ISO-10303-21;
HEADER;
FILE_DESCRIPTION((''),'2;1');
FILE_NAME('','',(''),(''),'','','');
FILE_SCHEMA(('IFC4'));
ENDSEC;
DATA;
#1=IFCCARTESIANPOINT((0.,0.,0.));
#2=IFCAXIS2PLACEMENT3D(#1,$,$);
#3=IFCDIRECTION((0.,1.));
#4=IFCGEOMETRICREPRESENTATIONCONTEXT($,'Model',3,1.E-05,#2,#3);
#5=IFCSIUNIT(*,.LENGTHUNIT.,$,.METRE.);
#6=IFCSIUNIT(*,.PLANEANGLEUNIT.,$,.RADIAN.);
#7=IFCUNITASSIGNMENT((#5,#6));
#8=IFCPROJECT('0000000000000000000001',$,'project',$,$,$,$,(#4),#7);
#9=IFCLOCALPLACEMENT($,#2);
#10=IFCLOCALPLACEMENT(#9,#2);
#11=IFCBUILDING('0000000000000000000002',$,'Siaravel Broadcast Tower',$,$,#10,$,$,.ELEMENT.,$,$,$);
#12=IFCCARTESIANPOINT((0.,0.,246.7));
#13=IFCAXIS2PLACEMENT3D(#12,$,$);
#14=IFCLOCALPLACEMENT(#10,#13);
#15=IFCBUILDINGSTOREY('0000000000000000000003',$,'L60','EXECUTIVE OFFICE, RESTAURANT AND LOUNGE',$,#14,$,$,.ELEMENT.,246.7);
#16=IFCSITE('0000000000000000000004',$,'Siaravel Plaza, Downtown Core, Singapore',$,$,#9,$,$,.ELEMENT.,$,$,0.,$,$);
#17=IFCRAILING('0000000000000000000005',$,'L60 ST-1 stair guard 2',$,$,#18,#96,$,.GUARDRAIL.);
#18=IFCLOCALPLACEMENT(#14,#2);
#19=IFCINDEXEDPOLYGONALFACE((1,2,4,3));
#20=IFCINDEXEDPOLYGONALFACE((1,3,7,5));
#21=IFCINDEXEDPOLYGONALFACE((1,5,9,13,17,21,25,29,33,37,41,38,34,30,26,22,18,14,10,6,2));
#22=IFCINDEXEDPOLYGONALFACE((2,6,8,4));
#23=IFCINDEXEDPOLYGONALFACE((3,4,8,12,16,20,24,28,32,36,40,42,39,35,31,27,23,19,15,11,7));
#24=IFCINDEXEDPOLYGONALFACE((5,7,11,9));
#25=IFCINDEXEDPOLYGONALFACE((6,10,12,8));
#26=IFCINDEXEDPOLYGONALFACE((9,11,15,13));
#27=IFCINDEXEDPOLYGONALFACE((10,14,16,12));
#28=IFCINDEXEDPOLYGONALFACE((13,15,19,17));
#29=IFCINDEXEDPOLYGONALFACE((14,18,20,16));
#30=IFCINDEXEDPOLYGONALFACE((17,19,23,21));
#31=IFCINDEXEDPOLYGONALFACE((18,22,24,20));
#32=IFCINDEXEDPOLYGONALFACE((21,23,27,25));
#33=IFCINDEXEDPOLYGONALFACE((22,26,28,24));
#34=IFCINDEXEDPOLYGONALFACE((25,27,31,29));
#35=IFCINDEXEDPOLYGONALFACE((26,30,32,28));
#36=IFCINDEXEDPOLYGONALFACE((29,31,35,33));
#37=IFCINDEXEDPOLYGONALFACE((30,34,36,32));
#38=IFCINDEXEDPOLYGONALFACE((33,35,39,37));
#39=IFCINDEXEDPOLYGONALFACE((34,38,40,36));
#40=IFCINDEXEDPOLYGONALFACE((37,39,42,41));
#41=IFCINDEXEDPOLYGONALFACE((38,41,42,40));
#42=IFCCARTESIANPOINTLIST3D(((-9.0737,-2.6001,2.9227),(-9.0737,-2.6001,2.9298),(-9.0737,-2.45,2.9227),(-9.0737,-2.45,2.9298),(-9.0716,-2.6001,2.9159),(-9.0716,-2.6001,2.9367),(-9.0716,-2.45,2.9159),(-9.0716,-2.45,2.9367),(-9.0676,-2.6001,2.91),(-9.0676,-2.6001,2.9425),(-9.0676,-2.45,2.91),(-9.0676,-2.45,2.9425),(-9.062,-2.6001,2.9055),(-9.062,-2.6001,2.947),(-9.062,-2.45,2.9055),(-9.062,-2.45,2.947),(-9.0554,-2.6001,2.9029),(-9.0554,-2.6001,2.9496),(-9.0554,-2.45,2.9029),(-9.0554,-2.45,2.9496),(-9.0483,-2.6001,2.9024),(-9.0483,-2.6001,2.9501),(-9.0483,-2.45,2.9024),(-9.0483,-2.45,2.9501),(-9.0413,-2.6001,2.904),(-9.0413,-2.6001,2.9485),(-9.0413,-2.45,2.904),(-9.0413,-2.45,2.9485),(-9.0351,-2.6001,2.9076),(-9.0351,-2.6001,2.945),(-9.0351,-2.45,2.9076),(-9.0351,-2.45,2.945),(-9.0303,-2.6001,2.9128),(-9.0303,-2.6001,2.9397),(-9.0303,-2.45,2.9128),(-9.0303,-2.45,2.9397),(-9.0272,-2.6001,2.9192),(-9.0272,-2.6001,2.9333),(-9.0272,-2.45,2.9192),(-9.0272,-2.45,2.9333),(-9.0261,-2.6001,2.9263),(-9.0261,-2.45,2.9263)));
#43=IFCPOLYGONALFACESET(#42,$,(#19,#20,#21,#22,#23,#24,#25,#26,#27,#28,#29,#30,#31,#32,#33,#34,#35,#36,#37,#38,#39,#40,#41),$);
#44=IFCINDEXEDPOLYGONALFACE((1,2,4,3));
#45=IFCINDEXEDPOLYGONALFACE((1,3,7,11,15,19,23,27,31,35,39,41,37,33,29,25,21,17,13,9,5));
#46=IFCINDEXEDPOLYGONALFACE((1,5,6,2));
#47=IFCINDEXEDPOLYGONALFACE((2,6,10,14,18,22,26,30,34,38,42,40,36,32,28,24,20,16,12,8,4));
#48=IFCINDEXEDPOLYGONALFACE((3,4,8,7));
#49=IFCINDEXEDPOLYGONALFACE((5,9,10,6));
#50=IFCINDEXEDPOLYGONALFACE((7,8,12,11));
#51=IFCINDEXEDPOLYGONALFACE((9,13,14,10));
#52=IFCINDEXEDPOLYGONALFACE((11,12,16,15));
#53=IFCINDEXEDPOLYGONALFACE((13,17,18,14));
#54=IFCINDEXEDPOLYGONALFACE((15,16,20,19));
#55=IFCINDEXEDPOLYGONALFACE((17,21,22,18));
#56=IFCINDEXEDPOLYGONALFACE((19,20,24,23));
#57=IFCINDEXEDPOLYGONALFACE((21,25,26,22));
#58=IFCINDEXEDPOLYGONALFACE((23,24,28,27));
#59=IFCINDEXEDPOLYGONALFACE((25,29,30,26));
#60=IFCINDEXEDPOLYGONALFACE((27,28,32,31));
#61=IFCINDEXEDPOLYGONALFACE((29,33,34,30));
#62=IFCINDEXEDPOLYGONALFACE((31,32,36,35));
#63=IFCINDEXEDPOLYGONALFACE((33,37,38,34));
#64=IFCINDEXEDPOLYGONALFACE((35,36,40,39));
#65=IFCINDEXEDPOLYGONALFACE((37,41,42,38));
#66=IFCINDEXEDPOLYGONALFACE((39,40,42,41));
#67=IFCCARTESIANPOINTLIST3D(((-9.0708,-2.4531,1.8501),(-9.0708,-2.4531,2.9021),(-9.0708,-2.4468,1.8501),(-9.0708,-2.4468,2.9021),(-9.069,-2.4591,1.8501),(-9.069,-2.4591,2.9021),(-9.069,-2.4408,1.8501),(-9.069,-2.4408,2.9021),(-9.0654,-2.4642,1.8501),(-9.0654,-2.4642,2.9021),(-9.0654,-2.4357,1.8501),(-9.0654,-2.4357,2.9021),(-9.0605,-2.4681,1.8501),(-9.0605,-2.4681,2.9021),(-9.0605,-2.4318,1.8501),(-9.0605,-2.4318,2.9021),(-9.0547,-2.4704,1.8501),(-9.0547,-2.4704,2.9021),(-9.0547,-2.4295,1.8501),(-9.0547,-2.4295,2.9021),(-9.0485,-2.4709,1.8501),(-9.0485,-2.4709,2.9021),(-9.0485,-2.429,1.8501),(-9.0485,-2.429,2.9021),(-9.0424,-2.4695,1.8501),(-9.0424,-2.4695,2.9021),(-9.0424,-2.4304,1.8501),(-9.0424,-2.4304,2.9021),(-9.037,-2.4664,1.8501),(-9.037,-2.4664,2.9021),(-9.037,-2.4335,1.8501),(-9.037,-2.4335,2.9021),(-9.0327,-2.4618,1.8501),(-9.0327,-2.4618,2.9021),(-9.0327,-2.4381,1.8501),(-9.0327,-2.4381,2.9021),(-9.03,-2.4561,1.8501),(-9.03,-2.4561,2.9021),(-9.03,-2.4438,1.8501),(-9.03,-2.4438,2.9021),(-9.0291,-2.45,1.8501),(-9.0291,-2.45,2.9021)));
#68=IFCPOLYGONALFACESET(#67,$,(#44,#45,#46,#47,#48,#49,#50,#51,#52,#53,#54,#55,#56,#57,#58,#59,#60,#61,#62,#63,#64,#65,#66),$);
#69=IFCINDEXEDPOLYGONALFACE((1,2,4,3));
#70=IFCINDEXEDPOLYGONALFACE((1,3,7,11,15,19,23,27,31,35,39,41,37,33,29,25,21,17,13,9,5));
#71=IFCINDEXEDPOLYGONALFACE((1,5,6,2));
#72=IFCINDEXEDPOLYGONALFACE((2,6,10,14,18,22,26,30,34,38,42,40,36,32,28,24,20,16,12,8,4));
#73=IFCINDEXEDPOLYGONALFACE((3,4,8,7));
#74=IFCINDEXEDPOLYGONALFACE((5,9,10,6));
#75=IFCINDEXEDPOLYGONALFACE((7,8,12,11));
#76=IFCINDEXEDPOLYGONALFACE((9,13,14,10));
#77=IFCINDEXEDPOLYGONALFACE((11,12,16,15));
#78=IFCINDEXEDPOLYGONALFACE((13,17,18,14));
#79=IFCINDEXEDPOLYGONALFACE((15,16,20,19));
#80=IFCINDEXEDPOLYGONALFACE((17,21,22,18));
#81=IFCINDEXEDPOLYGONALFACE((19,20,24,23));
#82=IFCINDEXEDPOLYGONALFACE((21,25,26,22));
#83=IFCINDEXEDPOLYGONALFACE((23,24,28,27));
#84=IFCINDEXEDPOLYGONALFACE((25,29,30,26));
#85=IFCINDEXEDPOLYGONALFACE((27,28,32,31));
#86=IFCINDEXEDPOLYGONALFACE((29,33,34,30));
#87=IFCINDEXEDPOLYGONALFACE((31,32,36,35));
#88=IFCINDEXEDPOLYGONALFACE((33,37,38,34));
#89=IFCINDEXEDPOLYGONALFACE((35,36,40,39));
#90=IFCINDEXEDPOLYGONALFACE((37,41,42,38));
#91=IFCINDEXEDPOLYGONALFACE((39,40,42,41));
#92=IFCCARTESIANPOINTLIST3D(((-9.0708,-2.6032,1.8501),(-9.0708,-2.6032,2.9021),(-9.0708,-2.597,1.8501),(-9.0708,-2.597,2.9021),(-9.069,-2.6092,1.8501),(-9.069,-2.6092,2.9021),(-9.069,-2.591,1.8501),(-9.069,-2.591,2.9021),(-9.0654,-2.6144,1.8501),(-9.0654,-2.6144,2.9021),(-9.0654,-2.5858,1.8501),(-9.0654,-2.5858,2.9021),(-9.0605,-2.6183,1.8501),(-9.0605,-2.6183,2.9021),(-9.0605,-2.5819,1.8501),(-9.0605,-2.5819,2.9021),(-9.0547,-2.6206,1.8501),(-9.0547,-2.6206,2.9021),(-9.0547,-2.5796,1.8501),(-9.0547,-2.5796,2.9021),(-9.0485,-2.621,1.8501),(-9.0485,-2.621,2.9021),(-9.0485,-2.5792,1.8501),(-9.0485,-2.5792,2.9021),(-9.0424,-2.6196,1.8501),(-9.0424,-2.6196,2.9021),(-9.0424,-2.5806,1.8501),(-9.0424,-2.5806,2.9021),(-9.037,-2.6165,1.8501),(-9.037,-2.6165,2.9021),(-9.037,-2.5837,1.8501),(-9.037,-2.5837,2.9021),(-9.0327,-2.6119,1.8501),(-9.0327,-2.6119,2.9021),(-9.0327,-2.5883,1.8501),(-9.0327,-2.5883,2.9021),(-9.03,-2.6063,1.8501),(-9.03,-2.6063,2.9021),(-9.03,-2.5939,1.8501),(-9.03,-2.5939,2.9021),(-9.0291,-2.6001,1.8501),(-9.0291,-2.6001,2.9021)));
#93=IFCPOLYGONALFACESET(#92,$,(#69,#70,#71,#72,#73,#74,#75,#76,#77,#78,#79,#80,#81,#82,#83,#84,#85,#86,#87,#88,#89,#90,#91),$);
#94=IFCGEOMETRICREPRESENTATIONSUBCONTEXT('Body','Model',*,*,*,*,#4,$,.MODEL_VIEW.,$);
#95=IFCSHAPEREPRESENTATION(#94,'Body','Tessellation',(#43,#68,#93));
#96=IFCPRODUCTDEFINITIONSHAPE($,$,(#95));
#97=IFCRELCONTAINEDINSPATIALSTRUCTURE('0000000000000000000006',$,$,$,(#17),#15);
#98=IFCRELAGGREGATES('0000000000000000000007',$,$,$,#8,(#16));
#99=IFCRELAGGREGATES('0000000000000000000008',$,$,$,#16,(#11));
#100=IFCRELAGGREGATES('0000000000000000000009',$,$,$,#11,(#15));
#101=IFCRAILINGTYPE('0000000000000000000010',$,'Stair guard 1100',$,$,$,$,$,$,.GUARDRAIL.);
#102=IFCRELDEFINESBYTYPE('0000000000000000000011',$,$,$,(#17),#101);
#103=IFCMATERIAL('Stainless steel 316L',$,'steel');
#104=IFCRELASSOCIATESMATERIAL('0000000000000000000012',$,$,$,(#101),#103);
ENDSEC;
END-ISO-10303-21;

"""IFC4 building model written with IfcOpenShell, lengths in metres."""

from ifc_helpers import new_model, si_unit, direction, frame, origin, origin_2d, place, context, subcontext, project, spatial, circle, extrude, material, type_object, element, save


model = new_model("IFC4")

# Units and contexts
model_context = context("Model", 3, precision=1e-05, world=origin(), true_north=direction((0.0, 1.0)))
body_context = subcontext(model_context, "Body", "Model", "MODEL_VIEW")
ifc_project = project(units=[si_unit("LENGTHUNIT", "METRE"), si_unit("PLANEANGLEUNIT", "RADIAN")], contexts=[model_context])

# Site, building, storey
site_placement = place(None, origin())
site = spatial("IfcSite", under=ifc_project, at=site_placement, Name="Siaravel Plaza, Downtown Core, Singapore", CompositionType="ELEMENT", RefElevation=0.0)
building_placement = place(site_placement, origin())
building = spatial("IfcBuilding", under=site, at=building_placement, Name="Siaravel Broadcast Tower", CompositionType="ELEMENT")
storey_placement = place(building_placement, frame((0.0, 0.0, 246.7)))
storey = spatial("IfcBuildingStorey", under=building, at=storey_placement, Name="L60", Description="EXECUTIVE OFFICE, RESTAURANT AND LOUNGE", CompositionType="ELEMENT", Elevation=246.7)

# Shared definitions
ifc_material_1 = material(Name="Stainless steel 316L", Category="steel")

# Railing
railing_type_1 = type_object("IfcRailingType", Name="Stair guard 1100", PredefinedType="GUARDRAIL", material=ifc_material_1)
railing_1_placement = place(storey_placement, frame((-9.05, -2.45, 1.8501)))
element("IfcRailing", 1, at=railing_1_placement, inside=storey, type_object=railing_type_1, Name="L60 ST-1 stair guard 2", PredefinedType="GUARDRAIL", context=body_context, shape_type="SweptSolid", body=[
    extrude(circle(Radius=0.0239, at=origin_2d()), frame((0.0, 0.0, 1.0762), z_axis=(0.0, -1.0, 0.0), x_axis=(1.0, 0.0, 0.0)), (0.0, 0.0, 1.0), 0.1501),
    extrude(circle(Radius=0.021, at=origin_2d()), origin(), (0.0, 0.0, 1.0), 1.052),
    extrude(circle(Radius=0.021, at=origin_2d()), frame((0.0, -0.1501, 0.0)), (0.0, 0.0, 1.0), 1.052),
])

save(model, "model.ifc")
